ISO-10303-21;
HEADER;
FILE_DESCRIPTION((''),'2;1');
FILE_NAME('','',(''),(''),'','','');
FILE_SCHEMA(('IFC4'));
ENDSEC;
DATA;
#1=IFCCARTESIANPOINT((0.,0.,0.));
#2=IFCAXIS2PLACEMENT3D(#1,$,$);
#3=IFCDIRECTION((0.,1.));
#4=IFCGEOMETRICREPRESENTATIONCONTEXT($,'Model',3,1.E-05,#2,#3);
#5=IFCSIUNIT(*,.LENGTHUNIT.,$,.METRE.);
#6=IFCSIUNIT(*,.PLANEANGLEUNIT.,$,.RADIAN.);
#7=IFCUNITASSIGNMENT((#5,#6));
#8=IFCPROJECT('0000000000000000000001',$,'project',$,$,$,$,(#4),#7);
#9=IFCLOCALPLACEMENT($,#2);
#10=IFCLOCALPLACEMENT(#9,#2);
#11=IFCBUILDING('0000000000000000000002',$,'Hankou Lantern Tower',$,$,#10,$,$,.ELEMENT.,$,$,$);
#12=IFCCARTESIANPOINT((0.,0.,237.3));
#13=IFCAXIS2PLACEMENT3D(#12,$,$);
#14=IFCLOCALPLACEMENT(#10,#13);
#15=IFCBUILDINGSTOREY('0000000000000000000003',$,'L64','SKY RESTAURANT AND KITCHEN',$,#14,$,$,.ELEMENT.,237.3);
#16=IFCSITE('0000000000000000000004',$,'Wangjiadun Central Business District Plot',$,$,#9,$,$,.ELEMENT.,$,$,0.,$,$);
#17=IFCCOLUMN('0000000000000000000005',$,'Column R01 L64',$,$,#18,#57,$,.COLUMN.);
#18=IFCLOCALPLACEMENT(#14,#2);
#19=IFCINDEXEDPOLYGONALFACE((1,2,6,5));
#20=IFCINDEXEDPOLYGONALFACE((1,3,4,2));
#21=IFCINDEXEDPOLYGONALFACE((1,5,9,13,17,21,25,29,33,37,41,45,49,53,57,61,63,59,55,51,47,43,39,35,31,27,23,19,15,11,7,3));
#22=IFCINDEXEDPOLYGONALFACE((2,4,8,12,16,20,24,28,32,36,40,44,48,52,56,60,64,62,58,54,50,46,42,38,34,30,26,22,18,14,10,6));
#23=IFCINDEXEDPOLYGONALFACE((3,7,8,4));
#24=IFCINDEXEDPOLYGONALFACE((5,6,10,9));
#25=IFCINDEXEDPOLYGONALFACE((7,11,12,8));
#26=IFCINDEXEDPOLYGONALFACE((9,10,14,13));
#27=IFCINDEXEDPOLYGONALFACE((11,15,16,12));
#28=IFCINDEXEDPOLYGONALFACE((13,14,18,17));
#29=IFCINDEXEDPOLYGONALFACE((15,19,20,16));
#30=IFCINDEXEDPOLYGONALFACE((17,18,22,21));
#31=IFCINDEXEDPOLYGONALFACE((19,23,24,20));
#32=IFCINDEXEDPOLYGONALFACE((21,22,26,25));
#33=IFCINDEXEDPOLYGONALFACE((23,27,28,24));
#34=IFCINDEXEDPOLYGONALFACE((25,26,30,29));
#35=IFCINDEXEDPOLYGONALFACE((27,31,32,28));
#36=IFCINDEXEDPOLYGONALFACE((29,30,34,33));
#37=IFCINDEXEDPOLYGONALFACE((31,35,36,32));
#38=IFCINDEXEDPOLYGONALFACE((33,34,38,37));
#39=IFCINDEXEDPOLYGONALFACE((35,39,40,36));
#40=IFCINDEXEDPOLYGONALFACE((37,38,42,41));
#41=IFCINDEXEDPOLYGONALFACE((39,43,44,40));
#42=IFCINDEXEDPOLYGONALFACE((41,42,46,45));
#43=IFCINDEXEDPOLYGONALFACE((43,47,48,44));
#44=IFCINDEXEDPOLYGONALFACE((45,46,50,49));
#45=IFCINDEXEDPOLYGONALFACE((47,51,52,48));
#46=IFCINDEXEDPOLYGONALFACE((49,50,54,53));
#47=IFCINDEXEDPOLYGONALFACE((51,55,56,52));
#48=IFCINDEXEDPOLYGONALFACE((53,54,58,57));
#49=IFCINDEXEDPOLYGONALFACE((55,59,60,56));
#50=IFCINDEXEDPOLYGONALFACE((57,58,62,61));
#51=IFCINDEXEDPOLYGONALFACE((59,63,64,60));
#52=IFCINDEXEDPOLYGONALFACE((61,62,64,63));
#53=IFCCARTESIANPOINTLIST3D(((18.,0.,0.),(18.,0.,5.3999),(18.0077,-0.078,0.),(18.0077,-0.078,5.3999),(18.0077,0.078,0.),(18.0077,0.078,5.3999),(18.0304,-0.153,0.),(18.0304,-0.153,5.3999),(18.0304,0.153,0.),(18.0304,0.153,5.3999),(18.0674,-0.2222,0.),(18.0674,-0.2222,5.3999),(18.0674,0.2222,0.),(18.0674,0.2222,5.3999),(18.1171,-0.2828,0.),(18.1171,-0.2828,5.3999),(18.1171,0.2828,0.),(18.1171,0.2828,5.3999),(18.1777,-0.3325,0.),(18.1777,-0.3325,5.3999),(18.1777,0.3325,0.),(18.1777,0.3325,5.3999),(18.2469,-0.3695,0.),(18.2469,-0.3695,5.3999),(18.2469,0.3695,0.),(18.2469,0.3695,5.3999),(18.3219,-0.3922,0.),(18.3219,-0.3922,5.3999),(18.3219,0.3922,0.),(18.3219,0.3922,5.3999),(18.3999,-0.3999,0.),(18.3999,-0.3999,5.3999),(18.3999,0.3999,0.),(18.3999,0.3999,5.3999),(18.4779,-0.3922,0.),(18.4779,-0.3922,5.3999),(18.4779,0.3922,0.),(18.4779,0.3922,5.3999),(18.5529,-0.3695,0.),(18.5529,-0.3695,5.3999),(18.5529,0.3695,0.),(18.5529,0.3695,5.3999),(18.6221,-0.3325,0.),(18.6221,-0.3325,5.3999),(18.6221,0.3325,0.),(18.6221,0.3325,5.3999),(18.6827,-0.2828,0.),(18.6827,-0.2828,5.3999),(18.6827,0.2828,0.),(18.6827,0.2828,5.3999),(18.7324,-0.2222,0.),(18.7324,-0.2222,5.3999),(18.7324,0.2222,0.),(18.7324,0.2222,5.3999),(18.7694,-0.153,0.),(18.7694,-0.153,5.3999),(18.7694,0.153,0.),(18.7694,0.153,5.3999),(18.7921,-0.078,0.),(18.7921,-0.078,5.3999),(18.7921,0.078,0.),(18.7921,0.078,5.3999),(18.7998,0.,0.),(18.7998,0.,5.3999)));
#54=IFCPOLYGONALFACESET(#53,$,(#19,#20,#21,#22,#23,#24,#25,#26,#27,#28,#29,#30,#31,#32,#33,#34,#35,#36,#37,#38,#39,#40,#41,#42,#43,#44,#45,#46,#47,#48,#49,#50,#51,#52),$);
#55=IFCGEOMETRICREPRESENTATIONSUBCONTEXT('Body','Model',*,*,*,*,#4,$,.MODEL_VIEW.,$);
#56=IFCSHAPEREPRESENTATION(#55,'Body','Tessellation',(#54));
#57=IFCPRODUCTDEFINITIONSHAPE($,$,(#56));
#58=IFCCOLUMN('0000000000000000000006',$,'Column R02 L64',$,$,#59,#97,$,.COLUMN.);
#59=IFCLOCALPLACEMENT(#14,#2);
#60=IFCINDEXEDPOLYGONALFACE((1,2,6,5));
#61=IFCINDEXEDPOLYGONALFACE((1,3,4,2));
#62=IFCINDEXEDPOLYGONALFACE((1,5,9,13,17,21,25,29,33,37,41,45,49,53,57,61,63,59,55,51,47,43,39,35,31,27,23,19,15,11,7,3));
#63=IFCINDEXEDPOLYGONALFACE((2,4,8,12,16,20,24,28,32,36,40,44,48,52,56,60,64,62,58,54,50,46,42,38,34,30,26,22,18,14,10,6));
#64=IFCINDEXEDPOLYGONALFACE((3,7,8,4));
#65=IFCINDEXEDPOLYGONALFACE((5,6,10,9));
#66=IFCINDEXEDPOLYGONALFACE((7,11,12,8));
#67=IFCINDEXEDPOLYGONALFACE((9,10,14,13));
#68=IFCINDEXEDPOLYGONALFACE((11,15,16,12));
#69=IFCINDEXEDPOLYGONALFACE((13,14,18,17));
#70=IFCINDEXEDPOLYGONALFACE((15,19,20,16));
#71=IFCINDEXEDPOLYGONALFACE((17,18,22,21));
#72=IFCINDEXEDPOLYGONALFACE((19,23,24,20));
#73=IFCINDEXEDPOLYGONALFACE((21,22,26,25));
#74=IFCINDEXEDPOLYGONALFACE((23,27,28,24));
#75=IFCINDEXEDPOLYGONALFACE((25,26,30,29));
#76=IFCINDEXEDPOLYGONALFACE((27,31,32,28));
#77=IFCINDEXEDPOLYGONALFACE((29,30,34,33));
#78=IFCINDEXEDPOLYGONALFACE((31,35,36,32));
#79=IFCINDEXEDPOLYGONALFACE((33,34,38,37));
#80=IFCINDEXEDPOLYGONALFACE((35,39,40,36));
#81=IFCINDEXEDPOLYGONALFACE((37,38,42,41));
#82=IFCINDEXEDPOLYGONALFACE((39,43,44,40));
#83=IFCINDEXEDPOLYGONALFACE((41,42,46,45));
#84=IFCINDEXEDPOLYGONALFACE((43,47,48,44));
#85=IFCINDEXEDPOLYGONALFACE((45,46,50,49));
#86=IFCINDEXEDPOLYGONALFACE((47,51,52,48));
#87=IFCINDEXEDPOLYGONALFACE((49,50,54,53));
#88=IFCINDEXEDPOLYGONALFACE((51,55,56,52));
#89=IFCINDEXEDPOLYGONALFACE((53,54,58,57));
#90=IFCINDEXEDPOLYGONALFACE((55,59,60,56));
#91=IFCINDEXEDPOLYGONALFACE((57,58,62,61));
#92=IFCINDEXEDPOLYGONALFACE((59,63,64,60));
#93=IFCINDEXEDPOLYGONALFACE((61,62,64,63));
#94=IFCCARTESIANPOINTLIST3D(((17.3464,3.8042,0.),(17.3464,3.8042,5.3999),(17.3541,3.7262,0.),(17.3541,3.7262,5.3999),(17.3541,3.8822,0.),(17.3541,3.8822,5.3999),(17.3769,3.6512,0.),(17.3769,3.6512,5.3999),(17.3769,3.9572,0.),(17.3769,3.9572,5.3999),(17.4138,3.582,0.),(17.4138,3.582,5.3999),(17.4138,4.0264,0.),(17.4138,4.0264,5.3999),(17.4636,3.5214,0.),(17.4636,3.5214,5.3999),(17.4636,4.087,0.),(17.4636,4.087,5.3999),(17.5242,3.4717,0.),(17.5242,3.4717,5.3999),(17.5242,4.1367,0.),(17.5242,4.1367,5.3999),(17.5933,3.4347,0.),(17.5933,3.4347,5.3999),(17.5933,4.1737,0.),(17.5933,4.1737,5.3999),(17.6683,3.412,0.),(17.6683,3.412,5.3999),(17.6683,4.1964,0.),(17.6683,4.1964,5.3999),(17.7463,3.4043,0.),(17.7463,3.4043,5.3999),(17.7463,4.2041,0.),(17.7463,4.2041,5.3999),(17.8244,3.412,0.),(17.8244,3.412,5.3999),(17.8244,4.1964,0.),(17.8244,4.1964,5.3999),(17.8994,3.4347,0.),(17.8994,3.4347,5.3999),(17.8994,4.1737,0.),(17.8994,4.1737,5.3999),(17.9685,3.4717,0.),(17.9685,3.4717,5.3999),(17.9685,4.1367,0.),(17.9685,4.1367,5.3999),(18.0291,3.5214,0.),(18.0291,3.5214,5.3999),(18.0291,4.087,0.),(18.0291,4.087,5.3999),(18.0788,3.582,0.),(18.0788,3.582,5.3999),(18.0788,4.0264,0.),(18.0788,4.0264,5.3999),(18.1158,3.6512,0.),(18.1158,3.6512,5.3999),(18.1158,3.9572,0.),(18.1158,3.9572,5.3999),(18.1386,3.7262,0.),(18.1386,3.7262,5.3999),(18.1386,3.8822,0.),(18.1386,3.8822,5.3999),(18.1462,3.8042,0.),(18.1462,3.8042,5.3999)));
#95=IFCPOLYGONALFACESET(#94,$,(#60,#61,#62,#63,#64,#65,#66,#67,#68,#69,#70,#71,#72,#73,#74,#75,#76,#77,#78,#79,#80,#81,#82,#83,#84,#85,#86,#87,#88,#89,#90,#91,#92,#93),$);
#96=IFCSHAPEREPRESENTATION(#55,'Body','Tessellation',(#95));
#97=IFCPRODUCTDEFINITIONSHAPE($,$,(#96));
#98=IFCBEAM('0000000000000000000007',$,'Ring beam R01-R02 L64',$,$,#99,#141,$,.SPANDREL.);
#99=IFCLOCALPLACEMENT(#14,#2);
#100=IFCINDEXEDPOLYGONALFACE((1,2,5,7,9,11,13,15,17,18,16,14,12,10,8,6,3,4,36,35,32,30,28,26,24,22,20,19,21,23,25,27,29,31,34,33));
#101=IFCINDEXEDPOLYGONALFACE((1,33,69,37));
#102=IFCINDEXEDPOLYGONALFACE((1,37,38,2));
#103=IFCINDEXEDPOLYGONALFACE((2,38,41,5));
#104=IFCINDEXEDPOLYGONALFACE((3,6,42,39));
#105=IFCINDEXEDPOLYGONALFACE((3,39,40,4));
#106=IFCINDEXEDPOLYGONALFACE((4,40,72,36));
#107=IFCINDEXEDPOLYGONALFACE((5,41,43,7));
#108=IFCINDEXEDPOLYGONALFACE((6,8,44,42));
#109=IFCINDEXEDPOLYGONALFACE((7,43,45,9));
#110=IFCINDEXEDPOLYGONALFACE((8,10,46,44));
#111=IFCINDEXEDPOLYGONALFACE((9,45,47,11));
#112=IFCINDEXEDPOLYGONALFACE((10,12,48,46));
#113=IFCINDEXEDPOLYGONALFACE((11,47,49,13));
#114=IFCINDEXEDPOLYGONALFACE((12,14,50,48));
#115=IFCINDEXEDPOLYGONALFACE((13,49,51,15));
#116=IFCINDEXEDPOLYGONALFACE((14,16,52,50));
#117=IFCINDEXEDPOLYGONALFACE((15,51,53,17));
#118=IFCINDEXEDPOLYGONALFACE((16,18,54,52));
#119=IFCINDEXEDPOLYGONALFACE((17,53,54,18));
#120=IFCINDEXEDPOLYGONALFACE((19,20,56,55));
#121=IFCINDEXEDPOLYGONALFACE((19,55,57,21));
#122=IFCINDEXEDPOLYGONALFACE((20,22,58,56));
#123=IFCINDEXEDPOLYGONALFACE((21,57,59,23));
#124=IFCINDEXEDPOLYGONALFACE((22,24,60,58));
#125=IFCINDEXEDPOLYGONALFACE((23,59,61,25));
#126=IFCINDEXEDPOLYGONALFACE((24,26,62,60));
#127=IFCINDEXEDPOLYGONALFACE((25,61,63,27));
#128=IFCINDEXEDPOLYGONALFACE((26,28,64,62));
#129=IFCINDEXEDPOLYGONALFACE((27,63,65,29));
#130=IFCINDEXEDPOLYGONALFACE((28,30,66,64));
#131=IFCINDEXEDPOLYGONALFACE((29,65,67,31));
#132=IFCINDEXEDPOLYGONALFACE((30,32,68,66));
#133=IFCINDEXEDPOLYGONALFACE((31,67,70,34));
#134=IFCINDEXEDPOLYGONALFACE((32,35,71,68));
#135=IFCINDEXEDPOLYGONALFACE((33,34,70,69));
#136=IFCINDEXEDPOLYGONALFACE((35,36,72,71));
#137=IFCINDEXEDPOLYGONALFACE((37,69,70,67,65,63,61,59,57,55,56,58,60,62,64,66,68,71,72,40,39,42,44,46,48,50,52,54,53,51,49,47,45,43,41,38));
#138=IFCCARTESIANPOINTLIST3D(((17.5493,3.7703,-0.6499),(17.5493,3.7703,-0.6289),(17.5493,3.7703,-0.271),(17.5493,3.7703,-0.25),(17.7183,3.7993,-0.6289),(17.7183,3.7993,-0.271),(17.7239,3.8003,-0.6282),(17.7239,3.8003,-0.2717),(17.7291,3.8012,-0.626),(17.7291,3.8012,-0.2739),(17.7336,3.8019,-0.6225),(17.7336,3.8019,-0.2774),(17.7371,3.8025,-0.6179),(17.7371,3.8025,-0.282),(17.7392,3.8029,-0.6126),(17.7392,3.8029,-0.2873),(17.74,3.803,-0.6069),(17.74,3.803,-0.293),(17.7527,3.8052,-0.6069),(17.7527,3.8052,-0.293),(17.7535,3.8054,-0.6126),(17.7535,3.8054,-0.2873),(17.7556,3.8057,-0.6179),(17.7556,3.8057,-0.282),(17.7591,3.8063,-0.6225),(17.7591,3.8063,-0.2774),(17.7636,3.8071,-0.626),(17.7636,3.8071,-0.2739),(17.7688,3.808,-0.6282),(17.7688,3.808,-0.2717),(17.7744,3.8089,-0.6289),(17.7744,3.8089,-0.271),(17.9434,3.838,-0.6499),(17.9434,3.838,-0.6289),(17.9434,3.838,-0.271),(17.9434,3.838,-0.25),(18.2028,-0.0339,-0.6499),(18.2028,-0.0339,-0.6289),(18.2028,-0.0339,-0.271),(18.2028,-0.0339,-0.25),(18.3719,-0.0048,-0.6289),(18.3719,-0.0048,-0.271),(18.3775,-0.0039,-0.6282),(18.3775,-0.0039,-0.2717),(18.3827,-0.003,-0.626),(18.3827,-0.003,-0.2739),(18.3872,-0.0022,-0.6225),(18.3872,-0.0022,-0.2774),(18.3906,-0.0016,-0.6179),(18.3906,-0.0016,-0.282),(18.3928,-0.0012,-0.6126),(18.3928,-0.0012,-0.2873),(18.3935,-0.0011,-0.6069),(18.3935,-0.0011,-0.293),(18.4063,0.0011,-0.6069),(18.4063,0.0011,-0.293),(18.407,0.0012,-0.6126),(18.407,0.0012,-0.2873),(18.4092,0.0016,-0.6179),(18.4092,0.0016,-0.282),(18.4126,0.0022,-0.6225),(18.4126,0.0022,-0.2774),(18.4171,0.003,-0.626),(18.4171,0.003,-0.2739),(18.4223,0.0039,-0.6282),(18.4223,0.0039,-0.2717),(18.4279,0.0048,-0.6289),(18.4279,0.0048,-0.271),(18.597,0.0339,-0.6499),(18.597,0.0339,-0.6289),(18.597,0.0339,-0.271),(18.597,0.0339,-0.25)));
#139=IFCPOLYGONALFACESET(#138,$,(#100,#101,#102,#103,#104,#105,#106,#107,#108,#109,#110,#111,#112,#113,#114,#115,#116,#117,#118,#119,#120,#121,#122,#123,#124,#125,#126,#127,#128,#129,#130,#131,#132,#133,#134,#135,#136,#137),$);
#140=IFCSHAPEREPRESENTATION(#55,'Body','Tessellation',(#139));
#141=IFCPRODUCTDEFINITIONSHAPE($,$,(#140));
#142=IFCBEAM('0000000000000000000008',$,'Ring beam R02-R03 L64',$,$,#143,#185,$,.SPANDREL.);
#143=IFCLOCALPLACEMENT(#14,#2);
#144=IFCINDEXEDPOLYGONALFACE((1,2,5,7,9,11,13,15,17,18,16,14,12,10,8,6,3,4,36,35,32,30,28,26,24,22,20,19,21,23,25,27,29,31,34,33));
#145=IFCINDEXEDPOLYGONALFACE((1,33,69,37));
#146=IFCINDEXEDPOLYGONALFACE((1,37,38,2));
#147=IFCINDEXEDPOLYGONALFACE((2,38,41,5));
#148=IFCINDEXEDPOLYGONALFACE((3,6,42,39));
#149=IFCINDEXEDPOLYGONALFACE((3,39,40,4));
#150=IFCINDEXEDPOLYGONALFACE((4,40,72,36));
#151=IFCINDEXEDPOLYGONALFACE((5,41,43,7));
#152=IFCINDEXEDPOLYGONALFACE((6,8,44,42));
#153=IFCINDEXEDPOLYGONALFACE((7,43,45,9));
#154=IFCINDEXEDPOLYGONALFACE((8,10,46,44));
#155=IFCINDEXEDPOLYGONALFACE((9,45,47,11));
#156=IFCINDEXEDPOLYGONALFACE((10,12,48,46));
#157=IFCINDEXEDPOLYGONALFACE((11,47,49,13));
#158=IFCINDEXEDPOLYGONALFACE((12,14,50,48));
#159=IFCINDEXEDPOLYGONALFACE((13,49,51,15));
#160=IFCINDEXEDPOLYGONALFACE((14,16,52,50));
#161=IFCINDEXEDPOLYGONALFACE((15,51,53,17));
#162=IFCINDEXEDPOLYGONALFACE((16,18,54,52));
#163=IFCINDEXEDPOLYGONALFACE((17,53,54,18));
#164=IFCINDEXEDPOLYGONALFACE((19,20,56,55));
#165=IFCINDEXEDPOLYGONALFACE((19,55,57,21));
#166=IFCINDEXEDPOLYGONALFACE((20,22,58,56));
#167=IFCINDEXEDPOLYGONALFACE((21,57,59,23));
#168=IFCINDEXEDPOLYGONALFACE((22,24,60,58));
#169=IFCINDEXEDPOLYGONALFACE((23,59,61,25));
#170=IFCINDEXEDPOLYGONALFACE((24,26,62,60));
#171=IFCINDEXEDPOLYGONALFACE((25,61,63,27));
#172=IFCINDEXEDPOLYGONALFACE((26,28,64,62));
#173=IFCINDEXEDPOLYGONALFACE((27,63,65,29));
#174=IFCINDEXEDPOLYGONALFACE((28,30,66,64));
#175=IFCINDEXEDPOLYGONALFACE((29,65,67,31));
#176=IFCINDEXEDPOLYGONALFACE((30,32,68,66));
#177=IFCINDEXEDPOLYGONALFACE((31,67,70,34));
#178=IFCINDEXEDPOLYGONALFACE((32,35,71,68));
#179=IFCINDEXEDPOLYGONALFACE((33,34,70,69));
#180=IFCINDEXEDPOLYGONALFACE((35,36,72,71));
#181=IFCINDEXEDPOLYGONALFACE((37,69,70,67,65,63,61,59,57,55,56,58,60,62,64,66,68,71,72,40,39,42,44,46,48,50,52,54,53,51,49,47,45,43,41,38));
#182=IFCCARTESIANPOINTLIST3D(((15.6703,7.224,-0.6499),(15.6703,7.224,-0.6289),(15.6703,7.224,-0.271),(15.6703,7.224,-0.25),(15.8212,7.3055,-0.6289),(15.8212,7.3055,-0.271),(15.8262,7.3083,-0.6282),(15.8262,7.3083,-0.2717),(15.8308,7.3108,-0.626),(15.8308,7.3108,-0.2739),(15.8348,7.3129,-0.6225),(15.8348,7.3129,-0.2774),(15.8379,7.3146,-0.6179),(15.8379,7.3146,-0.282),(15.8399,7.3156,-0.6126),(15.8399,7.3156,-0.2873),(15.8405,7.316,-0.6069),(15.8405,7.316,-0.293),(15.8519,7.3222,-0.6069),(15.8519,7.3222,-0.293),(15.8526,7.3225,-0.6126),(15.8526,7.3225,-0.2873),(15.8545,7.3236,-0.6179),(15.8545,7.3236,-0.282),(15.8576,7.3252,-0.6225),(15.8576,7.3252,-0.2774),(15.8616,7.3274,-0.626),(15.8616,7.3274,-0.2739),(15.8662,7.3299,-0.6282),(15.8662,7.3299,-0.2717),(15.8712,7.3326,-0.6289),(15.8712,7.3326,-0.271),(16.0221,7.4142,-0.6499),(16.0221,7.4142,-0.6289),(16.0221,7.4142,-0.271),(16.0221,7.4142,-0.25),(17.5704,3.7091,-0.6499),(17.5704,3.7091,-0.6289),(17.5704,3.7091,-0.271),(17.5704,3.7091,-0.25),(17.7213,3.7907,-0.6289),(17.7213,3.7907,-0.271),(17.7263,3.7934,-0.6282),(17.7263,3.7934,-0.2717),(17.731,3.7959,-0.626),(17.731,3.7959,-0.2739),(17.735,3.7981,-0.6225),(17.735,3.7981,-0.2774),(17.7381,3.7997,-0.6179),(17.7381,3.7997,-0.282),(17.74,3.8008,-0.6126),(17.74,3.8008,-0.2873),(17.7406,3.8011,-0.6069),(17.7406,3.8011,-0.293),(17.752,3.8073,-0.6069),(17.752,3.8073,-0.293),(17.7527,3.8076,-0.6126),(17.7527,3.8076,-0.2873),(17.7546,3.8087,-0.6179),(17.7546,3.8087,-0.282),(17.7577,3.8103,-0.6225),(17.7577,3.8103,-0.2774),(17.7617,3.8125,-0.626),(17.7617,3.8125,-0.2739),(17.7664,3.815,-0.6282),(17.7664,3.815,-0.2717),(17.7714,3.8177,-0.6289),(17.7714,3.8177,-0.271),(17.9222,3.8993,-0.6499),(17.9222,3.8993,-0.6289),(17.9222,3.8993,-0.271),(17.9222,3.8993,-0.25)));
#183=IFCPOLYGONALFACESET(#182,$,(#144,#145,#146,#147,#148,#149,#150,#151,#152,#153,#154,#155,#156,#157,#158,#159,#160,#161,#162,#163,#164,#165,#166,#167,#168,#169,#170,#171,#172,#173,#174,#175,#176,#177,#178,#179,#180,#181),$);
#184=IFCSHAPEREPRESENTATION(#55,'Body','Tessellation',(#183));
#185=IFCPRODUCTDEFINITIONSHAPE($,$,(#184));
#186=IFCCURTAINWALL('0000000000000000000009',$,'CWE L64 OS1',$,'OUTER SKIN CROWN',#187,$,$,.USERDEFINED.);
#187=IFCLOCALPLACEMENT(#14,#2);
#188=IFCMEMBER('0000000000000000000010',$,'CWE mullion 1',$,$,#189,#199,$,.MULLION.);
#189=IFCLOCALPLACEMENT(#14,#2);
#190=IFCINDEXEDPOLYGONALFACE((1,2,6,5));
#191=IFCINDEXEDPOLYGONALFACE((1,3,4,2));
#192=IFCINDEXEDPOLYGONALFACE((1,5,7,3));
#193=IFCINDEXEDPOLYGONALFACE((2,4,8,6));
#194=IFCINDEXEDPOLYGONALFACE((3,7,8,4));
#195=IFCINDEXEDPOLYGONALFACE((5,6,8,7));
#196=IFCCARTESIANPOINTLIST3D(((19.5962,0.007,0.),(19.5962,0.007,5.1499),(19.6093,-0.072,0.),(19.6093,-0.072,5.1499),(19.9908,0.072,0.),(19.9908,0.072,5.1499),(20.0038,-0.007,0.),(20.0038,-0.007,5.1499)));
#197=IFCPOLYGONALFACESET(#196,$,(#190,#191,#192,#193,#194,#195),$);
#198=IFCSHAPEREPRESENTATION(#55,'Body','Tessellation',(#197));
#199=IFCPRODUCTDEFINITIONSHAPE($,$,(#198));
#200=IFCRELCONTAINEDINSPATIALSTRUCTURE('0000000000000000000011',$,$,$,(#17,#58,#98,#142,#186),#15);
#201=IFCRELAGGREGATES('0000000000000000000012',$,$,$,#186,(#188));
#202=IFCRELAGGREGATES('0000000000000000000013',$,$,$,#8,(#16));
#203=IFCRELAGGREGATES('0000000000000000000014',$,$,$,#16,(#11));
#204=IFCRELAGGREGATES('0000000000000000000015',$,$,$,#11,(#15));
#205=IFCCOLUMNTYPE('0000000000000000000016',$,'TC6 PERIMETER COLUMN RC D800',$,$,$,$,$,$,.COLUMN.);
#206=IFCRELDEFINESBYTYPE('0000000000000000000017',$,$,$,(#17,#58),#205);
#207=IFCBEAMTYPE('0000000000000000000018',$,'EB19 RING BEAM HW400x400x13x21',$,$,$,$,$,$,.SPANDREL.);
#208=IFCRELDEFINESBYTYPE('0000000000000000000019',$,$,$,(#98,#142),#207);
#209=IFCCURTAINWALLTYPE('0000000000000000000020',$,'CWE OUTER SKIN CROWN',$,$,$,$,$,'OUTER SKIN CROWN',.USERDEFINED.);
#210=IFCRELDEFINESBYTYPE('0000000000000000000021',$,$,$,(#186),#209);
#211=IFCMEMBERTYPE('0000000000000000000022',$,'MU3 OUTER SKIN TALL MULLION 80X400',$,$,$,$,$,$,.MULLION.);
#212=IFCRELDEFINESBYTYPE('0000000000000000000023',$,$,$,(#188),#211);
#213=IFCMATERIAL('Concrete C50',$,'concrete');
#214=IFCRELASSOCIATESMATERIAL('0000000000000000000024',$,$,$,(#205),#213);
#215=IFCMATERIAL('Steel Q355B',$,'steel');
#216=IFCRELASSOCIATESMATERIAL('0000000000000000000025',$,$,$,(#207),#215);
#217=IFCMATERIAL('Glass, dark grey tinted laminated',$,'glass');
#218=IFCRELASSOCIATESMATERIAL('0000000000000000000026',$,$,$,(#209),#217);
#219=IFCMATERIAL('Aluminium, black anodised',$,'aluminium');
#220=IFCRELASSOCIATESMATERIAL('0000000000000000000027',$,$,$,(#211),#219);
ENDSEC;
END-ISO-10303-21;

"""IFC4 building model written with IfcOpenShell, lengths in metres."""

from ifc_helpers import new_model, si_unit, direction, frame, origin, origin_2d, place, context, subcontext, project, spatial, rectangle, circle, i_section, extrude, material, material_profile, profile_set, type_object, element, aggregate, save


model = new_model("IFC4")

# Units and contexts
model_context = context("Model", 3, precision=1e-05, world=origin(), true_north=direction((0.0, 1.0)))
body_context = subcontext(model_context, "Body", "Model", "MODEL_VIEW")
ifc_project = project(units=[si_unit("LENGTHUNIT", "METRE"), si_unit("PLANEANGLEUNIT", "RADIAN")], contexts=[model_context])

# Site, building, storey
site_placement = place(None, origin())
site = spatial("IfcSite", under=ifc_project, at=site_placement, Name="Wangjiadun Central Business District Plot", CompositionType="ELEMENT", RefElevation=0.0)
building_placement = place(site_placement, origin())
building = spatial("IfcBuilding", under=site, at=building_placement, Name="Hankou Lantern Tower", CompositionType="ELEMENT")
storey_placement = place(building_placement, frame((0.0, 0.0, 237.3)))
storey = spatial("IfcBuildingStorey", under=building, at=storey_placement, Name="L64", Description="SKY RESTAURANT AND KITCHEN", CompositionType="ELEMENT", Elevation=237.3)

# Columns
ifc_material_1 = material(Name="Concrete C50", Category="concrete")
ifc_material_profile_1 = material_profile(ifc_material_1, circle(Radius=0.3999, at=origin_2d()), Name="RC D800")
ifc_profile_set_1 = profile_set([ifc_material_profile_1], Name="Concrete C50")
column_type = type_object("IfcColumnType", Name="TC6 PERIMETER COLUMN RC D800", PredefinedType="COLUMN", material=ifc_profile_set_1)
for number, where, z_axis, x_axis, name in (
    (1, (18.3999, 0.0, 0.0), (0.0, 0.0, 1.0), (1.0, 0.0, 0.0), "Column R01 L64"),
    (2, (17.7463, 3.8042, 0.0), (0.0, 0.0, 1.0), (1.0, 0.0, 0.0), "Column R02 L64"),
):
    element("IfcColumn", number, at=place(storey_placement, frame(where, z_axis=z_axis, x_axis=x_axis)), inside=storey, type_object=column_type, Name=name, PredefinedType="COLUMN", context=body_context, shape_type="SweptSolid", body=[
        extrude(circle(Radius=0.3999, at=origin_2d()), origin(), (0.0, 0.0, 1.0), 5.3999),
    ])

# Beams
ifc_material_2 = material(Name="Steel Q355B", Category="steel")
ifc_material_profile_2 = material_profile(ifc_material_2, i_section(OverallWidth=0.3999, OverallDepth=0.3999, WebThickness=0.0129, FlangeThickness=0.021, FilletRadius=0.022, at=origin_2d()), Name="HW400x400x13x21")
ifc_profile_set_2 = profile_set([ifc_material_profile_2], Name="Steel Q355B")
beam_type_1 = type_object("IfcBeamType", Name="EB19 RING BEAM HW400x400x13x21", PredefinedType="SPANDREL", material=ifc_profile_set_2)
beam_1_placement = place(storey_placement, frame((18.3999, 0.0, -0.45), z_axis=(-0.16932, 0.985561, 0.0), x_axis=(-0.985561, -0.16932, 0.0)))
element("IfcBeam", 3, at=beam_1_placement, inside=storey, type_object=beam_type_1, Name="Ring beam R01-R02 L64", PredefinedType="SPANDREL", context=body_context, shape_type="SweptSolid", body=[
    extrude(i_section(OverallWidth=0.3999, OverallDepth=0.3999, WebThickness=0.0129, FlangeThickness=0.021, FilletRadius=0.022, at=origin_2d()), origin(), (0.0, 0.0, 1.0), 3.8599),
])
beam_2_placement = place(storey_placement, frame((17.7463, 3.8042, -0.45), z_axis=(-0.475557, 0.879685, 0.0), x_axis=(-0.879685, -0.475557, 0.0)))
element("IfcBeam", 4, at=beam_2_placement, inside=storey, type_object=beam_type_1, Name="Ring beam R02-R03 L64", PredefinedType="SPANDREL", context=body_context, shape_type="SweptSolid", body=[
    extrude(i_section(OverallWidth=0.3999, OverallDepth=0.3999, WebThickness=0.0129, FlangeThickness=0.021, FilletRadius=0.022, at=origin_2d()), origin(), (0.0, 0.0, 1.0), 3.9956),
])

# Curtain wall, member
ifc_material_3 = material(Name="Glass, dark grey tinted laminated", Category="glass")
curtain_wall_type = type_object("IfcCurtainWallType", Name="CWE OUTER SKIN CROWN", ElementType="OUTER SKIN CROWN", PredefinedType="USERDEFINED", material=ifc_material_3)
curtain_wall_placement = place(storey_placement, origin())
curtain_wall = element("IfcCurtainWall", 5, at=curtain_wall_placement, inside=storey, type_object=curtain_wall_type, Name="CWE L64 OS1", ObjectType="OUTER SKIN CROWN", PredefinedType="USERDEFINED")
ifc_material_4 = material(Name="Aluminium, black anodised", Category="aluminium")
ifc_material_profile_3 = material_profile(ifc_material_4, rectangle(XDim=0.0801, YDim=0.3999, at=origin_2d()), Name="MU3 80X400")
ifc_profile_set_3 = profile_set([ifc_material_profile_3], Name="Aluminium, black anodised")
member_type_1 = type_object("IfcMemberType", Name="MU3 OUTER SKIN TALL MULLION 80X400", PredefinedType="MULLION", material=ifc_profile_set_3)
member_1_placement = place(storey_placement, frame((19.8, 0.0, 0.0), z_axis=(0.0, 0.0, 1.0), x_axis=(-0.162382, 0.986728, 0.0)))
member_1 = element("IfcMember", 6, at=member_1_placement, type_object=member_type_1, Name="CWE mullion 1", PredefinedType="MULLION", context=body_context, shape_type="SweptSolid", body=[
    extrude(rectangle(XDim=0.0801, YDim=0.3999, at=origin_2d()), origin(), (0.0, 0.0, 1.0), 5.1499),
])

aggregate(curtain_wall, [member_1])

save(model, "model.ifc")
